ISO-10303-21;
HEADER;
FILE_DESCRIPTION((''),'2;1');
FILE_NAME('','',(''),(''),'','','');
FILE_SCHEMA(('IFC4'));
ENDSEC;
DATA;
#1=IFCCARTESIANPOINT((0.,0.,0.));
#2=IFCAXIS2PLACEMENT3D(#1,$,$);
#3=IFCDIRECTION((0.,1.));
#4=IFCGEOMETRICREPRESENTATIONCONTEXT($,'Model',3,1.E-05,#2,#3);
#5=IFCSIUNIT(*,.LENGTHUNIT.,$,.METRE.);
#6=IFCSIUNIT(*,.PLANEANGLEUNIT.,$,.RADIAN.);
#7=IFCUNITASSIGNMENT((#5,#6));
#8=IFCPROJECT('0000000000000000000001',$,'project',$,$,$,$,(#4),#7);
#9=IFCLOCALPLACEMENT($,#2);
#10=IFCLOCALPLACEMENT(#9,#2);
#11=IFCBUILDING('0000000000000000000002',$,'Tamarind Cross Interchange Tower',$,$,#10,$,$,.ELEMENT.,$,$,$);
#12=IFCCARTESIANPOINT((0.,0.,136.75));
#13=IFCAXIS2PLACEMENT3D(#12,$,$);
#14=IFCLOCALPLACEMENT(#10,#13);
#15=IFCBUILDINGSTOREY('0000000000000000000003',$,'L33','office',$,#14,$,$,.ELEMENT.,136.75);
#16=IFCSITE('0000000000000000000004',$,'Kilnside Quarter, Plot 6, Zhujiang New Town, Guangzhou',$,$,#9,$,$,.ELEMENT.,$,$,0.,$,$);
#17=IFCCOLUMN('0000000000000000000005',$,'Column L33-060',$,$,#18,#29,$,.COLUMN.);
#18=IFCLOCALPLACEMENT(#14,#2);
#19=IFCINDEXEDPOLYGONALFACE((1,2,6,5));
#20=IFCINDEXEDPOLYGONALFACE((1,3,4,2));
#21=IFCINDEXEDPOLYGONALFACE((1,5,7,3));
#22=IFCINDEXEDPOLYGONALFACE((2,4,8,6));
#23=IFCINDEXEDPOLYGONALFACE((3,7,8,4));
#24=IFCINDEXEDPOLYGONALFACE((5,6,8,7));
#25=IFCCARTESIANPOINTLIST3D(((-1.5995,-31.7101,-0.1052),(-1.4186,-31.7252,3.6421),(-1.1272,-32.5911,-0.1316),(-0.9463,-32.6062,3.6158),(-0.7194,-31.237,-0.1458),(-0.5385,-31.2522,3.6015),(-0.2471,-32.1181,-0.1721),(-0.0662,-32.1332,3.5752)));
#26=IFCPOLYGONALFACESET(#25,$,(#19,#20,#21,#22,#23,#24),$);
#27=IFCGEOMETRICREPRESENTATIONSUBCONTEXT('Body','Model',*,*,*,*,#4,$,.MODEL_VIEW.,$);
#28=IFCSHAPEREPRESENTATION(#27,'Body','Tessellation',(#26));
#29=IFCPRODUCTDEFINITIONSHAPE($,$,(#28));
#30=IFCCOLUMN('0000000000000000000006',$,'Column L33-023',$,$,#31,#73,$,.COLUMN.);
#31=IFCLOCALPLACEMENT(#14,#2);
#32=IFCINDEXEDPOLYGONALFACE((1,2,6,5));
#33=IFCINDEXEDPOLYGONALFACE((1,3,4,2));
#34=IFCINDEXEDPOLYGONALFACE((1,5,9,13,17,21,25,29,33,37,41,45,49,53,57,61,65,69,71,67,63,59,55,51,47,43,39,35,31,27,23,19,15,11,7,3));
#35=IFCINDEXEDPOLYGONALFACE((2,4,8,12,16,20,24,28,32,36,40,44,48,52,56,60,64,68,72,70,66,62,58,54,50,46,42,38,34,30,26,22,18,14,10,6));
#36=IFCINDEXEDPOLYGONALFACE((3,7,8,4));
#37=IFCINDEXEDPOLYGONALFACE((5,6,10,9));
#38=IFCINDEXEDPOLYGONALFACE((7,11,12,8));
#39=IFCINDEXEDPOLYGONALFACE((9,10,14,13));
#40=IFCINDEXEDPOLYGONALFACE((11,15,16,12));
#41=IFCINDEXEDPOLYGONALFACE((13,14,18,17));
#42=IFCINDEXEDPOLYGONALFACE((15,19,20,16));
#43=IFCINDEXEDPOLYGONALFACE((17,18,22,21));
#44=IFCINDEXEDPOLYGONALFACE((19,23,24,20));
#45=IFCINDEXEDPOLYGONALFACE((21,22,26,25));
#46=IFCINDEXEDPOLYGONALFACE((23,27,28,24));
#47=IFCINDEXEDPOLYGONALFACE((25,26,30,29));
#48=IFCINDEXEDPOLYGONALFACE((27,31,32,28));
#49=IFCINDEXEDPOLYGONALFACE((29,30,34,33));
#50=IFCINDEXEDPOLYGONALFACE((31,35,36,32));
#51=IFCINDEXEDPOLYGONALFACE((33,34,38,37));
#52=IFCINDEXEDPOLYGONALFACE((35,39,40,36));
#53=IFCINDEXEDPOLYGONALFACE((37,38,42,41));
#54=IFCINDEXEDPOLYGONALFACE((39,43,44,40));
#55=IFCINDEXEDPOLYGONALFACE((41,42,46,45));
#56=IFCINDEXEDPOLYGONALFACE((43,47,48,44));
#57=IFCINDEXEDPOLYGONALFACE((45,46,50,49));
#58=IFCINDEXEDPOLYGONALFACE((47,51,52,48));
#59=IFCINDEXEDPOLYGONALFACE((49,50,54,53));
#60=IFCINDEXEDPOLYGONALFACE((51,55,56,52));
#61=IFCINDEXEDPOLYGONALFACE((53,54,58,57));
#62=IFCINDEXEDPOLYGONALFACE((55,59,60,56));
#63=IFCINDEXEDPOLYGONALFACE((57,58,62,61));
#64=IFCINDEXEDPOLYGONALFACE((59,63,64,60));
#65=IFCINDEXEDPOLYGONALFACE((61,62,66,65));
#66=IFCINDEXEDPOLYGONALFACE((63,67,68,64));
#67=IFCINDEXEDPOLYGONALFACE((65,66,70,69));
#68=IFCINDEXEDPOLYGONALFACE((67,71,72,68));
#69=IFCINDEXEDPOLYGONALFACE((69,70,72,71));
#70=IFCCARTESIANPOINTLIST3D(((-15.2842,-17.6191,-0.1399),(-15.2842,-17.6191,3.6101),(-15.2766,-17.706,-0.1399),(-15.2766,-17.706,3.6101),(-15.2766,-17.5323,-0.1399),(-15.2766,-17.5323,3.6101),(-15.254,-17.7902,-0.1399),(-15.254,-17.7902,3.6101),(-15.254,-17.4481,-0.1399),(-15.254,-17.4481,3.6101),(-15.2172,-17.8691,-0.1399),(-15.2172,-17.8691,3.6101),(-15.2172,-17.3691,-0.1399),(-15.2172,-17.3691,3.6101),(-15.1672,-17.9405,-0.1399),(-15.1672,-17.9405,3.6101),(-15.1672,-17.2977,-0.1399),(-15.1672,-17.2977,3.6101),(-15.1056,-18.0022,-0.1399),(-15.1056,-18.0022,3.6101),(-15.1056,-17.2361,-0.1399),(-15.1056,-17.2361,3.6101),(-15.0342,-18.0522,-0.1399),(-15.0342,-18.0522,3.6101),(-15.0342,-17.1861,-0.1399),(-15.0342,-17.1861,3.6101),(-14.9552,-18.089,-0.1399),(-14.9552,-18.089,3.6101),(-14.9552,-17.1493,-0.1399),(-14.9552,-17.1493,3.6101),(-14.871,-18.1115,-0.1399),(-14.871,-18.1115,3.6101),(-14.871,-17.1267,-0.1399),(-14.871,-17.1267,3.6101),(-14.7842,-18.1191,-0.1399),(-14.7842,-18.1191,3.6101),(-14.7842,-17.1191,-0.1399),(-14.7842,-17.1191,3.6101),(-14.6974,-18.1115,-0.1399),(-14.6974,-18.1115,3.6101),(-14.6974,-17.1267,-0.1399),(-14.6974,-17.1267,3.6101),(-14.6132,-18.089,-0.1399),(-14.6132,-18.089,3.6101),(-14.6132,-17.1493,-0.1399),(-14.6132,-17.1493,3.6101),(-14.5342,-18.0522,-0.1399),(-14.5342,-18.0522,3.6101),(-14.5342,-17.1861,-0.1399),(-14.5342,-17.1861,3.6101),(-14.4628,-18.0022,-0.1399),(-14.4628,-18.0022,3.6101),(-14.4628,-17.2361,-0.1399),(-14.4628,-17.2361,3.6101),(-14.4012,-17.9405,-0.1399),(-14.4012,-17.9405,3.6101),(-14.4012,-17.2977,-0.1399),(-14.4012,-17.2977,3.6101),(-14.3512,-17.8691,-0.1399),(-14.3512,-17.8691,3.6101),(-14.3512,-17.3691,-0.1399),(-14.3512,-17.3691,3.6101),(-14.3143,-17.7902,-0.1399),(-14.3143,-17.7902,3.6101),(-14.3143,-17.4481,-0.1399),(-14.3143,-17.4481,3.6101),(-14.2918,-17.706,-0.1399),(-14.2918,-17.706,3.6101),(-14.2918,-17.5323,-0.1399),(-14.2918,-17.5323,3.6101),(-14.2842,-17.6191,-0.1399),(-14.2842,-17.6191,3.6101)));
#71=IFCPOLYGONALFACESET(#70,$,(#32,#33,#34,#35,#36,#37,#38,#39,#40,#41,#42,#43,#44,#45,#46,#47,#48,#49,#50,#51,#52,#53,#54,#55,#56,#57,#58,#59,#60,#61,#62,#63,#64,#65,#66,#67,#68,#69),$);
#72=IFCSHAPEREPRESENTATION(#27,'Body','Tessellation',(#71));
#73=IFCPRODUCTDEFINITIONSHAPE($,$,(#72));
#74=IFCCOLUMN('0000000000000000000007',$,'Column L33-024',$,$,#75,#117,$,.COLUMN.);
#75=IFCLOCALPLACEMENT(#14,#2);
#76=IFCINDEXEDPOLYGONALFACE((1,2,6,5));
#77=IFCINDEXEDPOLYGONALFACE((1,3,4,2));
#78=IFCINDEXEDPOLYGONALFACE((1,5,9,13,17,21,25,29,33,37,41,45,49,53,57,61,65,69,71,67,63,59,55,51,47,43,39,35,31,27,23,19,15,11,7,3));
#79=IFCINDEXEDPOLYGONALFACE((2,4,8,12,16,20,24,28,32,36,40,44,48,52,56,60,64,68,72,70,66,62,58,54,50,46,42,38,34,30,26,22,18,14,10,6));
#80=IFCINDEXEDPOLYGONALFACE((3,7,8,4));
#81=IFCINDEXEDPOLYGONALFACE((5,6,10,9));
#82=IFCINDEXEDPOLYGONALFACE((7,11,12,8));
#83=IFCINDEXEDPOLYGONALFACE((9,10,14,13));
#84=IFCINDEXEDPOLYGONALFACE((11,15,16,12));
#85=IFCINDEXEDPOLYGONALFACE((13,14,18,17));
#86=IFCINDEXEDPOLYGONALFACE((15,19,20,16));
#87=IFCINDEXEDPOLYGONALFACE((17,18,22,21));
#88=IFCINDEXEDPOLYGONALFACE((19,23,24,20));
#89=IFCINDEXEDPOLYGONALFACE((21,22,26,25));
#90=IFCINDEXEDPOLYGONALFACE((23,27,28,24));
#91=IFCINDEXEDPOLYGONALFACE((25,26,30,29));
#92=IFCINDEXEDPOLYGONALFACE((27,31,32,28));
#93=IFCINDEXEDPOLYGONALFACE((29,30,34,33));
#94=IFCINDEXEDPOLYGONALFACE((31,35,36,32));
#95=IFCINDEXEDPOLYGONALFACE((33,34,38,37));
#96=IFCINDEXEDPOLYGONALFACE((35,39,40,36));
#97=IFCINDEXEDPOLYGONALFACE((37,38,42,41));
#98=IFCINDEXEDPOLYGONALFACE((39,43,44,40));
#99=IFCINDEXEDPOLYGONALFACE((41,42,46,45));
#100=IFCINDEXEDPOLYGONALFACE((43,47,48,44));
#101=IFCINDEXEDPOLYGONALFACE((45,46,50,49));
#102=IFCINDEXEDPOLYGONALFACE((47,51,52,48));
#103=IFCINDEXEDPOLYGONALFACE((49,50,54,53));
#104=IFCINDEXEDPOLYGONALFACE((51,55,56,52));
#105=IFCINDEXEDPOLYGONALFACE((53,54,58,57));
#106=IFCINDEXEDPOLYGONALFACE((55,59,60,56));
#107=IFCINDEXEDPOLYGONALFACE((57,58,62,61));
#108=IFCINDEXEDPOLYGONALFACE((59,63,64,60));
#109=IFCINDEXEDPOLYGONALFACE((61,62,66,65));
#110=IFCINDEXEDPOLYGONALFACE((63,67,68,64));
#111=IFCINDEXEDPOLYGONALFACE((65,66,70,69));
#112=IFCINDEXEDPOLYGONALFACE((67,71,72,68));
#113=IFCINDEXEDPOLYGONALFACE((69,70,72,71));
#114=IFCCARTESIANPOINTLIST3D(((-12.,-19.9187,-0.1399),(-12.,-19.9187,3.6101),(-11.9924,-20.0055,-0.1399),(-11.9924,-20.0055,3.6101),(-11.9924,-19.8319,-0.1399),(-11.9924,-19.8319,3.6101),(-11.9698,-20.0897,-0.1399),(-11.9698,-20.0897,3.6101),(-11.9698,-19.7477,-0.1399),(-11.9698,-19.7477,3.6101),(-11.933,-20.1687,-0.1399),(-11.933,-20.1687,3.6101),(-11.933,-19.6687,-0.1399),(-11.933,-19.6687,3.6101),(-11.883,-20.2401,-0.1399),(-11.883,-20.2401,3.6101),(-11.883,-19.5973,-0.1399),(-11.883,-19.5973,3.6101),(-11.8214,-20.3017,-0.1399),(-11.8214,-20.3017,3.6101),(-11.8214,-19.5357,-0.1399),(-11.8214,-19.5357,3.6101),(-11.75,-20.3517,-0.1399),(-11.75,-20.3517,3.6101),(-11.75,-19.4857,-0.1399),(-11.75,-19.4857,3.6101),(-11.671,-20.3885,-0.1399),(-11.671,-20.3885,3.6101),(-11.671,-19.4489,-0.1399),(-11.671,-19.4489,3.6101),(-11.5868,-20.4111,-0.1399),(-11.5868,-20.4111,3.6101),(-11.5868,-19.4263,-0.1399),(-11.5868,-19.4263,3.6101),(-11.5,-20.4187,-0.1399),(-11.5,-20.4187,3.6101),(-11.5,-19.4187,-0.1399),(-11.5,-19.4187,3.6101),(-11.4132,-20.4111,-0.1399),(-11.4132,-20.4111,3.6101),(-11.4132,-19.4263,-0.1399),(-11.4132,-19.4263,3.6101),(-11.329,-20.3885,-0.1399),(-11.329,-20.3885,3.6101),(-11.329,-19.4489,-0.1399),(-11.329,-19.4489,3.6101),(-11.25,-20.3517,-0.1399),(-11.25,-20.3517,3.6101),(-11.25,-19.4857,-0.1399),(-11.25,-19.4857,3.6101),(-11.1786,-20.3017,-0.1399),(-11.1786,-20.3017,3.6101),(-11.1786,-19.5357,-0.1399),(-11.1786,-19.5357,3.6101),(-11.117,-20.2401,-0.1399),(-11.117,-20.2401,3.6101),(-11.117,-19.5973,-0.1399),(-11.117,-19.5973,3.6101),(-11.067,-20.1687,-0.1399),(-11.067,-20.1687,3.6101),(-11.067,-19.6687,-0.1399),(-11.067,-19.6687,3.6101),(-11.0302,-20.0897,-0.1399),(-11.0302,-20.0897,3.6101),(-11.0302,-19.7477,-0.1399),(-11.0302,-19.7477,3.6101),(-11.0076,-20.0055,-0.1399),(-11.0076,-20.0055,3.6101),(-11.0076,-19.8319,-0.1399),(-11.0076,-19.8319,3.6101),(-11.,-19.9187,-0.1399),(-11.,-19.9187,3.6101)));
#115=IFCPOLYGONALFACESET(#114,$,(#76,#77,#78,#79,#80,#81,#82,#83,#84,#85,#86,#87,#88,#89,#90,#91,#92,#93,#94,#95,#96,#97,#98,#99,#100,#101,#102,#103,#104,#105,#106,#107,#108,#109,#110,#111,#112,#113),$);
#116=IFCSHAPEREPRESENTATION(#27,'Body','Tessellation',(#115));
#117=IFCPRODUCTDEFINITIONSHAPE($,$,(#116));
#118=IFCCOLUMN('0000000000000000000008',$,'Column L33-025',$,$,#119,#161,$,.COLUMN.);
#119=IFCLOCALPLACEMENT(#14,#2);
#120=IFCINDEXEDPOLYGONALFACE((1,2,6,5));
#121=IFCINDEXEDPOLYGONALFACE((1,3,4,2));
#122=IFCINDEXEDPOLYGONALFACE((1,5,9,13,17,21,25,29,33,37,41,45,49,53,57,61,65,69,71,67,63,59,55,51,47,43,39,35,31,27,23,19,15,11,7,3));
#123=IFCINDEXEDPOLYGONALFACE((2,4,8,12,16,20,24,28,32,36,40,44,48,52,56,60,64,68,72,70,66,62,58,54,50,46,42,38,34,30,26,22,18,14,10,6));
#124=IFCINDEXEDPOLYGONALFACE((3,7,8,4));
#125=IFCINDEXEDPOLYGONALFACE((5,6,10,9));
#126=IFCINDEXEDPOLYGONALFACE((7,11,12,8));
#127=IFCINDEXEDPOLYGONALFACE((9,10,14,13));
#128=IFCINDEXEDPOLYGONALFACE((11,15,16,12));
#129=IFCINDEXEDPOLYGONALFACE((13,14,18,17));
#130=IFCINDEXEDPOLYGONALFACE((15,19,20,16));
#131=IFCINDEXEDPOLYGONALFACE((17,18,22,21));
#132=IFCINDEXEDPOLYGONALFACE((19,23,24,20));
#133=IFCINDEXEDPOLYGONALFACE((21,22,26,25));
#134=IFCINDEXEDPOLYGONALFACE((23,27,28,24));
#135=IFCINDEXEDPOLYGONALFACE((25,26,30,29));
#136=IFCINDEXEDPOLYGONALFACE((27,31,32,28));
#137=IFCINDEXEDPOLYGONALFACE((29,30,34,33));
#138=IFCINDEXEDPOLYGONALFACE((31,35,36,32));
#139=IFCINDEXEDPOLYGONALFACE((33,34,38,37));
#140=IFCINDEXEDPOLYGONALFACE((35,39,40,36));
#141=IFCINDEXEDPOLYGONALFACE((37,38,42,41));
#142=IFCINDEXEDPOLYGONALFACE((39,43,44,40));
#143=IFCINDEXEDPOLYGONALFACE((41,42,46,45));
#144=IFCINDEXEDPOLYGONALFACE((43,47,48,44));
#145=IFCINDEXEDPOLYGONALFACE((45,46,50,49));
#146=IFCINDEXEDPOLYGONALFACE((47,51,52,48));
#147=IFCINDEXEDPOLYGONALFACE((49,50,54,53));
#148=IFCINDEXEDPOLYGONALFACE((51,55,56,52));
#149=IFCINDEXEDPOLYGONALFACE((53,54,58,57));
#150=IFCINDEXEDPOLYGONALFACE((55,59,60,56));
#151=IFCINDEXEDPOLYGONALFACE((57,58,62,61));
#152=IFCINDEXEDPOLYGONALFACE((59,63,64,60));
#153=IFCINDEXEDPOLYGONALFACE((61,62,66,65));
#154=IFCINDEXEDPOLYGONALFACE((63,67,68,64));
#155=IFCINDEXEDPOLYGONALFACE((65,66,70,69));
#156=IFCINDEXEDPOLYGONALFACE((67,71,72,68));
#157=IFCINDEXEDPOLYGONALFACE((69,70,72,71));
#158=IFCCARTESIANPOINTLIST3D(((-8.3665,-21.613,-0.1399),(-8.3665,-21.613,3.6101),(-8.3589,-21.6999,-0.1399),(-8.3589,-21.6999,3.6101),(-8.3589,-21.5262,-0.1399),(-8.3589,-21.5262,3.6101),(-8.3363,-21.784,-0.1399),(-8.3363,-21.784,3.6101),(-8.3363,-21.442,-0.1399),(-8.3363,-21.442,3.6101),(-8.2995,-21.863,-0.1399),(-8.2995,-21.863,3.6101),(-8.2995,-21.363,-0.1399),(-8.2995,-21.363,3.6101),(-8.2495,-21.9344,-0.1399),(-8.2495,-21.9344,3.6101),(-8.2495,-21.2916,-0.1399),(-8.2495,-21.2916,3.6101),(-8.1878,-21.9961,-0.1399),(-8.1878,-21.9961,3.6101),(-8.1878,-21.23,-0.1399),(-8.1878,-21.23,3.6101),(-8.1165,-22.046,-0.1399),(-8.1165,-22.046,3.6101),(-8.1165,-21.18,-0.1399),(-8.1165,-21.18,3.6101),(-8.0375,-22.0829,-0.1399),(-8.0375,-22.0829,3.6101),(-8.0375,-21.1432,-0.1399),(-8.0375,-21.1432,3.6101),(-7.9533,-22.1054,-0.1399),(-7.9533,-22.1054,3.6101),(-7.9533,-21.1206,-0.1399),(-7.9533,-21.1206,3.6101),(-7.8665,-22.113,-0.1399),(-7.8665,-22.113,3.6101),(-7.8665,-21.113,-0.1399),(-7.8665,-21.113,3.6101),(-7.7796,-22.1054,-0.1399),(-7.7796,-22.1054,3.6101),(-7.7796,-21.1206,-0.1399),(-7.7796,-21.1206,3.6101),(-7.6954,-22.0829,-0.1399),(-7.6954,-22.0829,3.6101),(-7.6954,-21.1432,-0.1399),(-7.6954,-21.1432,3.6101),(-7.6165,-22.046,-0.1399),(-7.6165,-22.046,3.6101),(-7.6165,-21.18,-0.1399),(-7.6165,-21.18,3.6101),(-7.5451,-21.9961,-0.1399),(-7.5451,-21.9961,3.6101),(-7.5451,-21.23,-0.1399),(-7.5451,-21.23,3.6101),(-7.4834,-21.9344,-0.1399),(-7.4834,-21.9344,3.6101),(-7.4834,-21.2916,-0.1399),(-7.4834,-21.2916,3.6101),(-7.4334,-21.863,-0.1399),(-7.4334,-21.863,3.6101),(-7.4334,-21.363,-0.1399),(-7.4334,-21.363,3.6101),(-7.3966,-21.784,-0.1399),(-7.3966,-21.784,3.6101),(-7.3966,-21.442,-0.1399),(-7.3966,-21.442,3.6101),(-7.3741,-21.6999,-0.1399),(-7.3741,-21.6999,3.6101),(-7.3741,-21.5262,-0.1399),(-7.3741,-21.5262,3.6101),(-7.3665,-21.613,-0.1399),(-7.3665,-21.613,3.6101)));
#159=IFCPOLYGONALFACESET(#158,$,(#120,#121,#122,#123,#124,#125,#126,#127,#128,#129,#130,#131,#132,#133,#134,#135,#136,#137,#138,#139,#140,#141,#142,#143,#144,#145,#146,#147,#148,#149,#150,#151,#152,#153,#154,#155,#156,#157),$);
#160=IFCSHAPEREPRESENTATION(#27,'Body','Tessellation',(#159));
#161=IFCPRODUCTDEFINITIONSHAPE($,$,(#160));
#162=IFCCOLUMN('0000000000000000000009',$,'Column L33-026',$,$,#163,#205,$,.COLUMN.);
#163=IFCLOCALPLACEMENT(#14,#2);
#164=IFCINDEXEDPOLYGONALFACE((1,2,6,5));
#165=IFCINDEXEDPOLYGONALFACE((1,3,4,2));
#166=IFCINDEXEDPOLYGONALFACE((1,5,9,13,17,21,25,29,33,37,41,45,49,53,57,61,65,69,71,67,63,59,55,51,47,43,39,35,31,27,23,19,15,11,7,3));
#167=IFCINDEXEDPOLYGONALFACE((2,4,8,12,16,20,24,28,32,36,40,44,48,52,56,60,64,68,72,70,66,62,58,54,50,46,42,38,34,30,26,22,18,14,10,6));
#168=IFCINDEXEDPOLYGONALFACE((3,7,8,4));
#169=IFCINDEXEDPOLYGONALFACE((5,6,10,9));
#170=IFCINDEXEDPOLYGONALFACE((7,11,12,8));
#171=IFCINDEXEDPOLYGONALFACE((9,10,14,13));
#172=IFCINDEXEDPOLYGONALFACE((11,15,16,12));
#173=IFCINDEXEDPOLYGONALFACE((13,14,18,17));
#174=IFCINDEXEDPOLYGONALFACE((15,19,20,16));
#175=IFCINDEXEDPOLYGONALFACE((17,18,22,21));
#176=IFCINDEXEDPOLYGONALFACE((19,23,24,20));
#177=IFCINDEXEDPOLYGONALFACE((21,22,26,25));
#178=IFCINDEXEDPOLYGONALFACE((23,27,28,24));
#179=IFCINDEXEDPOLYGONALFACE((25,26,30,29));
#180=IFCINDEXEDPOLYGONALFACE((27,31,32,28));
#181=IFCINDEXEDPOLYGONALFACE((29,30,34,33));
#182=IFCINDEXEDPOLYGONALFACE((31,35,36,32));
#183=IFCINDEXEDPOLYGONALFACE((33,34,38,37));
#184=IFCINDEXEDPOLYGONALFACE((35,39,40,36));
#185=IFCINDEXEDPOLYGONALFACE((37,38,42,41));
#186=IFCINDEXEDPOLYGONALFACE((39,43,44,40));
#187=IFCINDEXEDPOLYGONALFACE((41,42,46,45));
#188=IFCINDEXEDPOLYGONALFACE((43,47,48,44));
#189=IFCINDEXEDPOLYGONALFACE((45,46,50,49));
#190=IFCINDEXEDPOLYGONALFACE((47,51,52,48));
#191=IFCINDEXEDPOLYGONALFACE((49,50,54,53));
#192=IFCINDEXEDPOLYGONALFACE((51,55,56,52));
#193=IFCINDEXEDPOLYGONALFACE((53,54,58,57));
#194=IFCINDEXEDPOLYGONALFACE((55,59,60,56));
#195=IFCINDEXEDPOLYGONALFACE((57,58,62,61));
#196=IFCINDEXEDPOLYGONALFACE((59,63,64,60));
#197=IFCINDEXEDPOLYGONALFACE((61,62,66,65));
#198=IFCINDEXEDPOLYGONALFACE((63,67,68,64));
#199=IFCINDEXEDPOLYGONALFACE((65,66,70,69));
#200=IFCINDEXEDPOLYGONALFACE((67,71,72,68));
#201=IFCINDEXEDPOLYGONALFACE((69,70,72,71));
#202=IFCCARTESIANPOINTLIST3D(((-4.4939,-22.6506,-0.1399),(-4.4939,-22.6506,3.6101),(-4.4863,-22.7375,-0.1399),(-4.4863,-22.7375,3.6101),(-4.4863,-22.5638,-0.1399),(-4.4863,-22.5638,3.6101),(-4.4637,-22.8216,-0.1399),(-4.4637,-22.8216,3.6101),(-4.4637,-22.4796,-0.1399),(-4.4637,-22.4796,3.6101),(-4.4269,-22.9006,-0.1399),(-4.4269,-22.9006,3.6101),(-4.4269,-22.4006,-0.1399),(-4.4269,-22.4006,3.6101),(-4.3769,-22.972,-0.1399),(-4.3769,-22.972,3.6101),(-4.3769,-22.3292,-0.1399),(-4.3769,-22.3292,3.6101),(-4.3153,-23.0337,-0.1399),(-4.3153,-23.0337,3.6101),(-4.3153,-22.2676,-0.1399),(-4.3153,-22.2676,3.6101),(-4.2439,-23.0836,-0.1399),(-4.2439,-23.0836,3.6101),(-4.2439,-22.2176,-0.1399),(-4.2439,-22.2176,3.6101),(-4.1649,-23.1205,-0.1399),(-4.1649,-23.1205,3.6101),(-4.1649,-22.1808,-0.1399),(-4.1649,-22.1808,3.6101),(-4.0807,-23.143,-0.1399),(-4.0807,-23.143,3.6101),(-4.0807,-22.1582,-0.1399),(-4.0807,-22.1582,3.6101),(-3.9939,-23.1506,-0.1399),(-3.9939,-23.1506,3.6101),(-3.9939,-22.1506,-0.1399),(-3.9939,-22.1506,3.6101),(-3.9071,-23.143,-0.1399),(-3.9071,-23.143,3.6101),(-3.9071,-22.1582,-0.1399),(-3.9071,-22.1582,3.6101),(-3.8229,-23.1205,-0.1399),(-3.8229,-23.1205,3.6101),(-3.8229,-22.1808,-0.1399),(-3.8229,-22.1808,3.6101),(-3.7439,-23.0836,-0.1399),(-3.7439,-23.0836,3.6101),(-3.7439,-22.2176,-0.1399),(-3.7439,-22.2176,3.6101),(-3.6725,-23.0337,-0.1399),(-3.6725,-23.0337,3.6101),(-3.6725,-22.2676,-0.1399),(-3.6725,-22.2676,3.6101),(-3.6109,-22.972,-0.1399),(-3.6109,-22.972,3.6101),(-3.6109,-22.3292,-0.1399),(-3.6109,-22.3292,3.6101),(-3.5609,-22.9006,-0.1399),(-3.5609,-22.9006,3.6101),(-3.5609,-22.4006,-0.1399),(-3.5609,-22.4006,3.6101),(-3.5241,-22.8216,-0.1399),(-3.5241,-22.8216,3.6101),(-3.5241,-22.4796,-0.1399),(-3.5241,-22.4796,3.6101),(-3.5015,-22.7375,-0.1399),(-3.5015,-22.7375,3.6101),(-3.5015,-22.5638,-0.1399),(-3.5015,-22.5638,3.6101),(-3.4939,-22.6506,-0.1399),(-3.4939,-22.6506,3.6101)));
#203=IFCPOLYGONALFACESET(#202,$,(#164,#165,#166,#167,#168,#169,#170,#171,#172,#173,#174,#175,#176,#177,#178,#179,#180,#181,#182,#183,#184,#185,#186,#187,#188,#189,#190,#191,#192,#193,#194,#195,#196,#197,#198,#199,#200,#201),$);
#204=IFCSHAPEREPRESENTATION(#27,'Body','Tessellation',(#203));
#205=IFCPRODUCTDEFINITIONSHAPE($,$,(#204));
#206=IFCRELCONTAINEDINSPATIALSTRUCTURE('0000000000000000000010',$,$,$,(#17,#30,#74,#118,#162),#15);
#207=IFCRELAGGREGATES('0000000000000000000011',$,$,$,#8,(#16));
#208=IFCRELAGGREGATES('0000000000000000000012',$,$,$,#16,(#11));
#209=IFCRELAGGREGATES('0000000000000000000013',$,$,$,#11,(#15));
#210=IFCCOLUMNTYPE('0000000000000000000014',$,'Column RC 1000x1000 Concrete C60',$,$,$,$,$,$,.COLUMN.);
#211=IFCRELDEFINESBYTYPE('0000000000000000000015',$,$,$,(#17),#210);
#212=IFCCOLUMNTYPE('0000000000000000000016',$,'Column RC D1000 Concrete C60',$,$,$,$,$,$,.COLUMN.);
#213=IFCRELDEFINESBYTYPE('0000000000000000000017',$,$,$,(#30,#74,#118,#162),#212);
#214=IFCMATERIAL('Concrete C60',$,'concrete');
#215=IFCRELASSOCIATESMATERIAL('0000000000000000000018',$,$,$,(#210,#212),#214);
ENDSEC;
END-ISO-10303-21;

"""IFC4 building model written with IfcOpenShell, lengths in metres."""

from ifc_helpers import new_model, si_unit, direction, frame, origin, origin_2d, place, context, subcontext, project, spatial, rectangle, circle, extrude, material, material_profile, profile_set, type_object, element, save


model = new_model("IFC4")

# Units and contexts
model_context = context("Model", 3, precision=1e-05, world=origin(), true_north=direction((0.0, 1.0)))
body_context = subcontext(model_context, "Body", "Model", "MODEL_VIEW")
ifc_project = project(units=[si_unit("LENGTHUNIT", "METRE"), si_unit("PLANEANGLEUNIT", "RADIAN")], contexts=[model_context])

# Site, building, storey
site_placement = place(None, origin())
site = spatial("IfcSite", under=ifc_project, at=site_placement, Name="Kilnside Quarter, Plot 6, Zhujiang New Town, Guangzhou", CompositionType="ELEMENT", RefElevation=0.0)
building_placement = place(site_placement, origin())
building = spatial("IfcBuilding", under=site, at=building_placement, Name="Tamarind Cross Interchange Tower", CompositionType="ELEMENT")
storey_placement = place(building_placement, frame((0.0, 0.0, 136.75)))
storey = spatial("IfcBuildingStorey", under=building, at=storey_placement, Name="L33", Description="office", CompositionType="ELEMENT", Elevation=136.75)

# Columns
ifc_material_1 = material(Name="Concrete C60", Category="concrete")
ifc_material_profile_1 = material_profile(ifc_material_1, rectangle(XDim=1.0, YDim=1.0, at=origin_2d()), Name="RC 1000x1000")
ifc_profile_set_1 = profile_set([ifc_material_profile_1], Name="Concrete C60")
column_type_1 = type_object("IfcColumnType", Name="Column RC 1000x1000 Concrete C60", PredefinedType="COLUMN", material=ifc_profile_set_1)
column_placement = place(storey_placement, frame((-0.9233, -31.9141, -0.1387), z_axis=(0.04822, -0.004035, 0.998829), x_axis=(-0.472303, 0.881042, 0.02636)))
element("IfcColumn", 1, at=column_placement, inside=storey, type_object=column_type_1, Name="Column L33-060", PredefinedType="COLUMN", context=body_context, shape_type="SweptSolid", body=[
    extrude(rectangle(XDim=1.0, YDim=1.0, at=origin_2d()), origin(), (0.0, 0.0, 1.0), 3.7517),
])
ifc_material_profile_2 = material_profile(ifc_material_1, circle(Radius=0.5, at=origin_2d()), Name="RC D1000")
ifc_profile_set_2 = profile_set([ifc_material_profile_2], Name="Concrete C60")
column_type_2 = type_object("IfcColumnType", Name="Column RC D1000 Concrete C60", PredefinedType="COLUMN", material=ifc_profile_set_2)
for number, where, z_axis, x_axis, name in (
    (2, (-14.7842, -17.6191, -0.1399), (0.0, 0.0, 1.0), (1.0, 0.0, 0.0), "Column L33-023"),
    (3, (-11.5, -19.9187, -0.1399), (0.0, 0.0, 1.0), (1.0, 0.0, 0.0), "Column L33-024"),
    (4, (-7.8665, -21.613, -0.1399), (0.0, 0.0, 1.0), (1.0, 0.0, 0.0), "Column L33-025"),
    (5, (-3.9939, -22.6506, -0.1399), (0.0, 0.0, 1.0), (1.0, 0.0, 0.0), "Column L33-026"),
):
    element("IfcColumn", number, at=place(storey_placement, frame(where, z_axis=z_axis, x_axis=x_axis)), inside=storey, type_object=column_type_2, Name=name, PredefinedType="COLUMN", context=body_context, shape_type="SweptSolid", body=[
        extrude(circle(Radius=0.5, at=origin_2d()), origin(), (0.0, 0.0, 1.0), 3.75),
    ])

save(model, "model.ifc")
